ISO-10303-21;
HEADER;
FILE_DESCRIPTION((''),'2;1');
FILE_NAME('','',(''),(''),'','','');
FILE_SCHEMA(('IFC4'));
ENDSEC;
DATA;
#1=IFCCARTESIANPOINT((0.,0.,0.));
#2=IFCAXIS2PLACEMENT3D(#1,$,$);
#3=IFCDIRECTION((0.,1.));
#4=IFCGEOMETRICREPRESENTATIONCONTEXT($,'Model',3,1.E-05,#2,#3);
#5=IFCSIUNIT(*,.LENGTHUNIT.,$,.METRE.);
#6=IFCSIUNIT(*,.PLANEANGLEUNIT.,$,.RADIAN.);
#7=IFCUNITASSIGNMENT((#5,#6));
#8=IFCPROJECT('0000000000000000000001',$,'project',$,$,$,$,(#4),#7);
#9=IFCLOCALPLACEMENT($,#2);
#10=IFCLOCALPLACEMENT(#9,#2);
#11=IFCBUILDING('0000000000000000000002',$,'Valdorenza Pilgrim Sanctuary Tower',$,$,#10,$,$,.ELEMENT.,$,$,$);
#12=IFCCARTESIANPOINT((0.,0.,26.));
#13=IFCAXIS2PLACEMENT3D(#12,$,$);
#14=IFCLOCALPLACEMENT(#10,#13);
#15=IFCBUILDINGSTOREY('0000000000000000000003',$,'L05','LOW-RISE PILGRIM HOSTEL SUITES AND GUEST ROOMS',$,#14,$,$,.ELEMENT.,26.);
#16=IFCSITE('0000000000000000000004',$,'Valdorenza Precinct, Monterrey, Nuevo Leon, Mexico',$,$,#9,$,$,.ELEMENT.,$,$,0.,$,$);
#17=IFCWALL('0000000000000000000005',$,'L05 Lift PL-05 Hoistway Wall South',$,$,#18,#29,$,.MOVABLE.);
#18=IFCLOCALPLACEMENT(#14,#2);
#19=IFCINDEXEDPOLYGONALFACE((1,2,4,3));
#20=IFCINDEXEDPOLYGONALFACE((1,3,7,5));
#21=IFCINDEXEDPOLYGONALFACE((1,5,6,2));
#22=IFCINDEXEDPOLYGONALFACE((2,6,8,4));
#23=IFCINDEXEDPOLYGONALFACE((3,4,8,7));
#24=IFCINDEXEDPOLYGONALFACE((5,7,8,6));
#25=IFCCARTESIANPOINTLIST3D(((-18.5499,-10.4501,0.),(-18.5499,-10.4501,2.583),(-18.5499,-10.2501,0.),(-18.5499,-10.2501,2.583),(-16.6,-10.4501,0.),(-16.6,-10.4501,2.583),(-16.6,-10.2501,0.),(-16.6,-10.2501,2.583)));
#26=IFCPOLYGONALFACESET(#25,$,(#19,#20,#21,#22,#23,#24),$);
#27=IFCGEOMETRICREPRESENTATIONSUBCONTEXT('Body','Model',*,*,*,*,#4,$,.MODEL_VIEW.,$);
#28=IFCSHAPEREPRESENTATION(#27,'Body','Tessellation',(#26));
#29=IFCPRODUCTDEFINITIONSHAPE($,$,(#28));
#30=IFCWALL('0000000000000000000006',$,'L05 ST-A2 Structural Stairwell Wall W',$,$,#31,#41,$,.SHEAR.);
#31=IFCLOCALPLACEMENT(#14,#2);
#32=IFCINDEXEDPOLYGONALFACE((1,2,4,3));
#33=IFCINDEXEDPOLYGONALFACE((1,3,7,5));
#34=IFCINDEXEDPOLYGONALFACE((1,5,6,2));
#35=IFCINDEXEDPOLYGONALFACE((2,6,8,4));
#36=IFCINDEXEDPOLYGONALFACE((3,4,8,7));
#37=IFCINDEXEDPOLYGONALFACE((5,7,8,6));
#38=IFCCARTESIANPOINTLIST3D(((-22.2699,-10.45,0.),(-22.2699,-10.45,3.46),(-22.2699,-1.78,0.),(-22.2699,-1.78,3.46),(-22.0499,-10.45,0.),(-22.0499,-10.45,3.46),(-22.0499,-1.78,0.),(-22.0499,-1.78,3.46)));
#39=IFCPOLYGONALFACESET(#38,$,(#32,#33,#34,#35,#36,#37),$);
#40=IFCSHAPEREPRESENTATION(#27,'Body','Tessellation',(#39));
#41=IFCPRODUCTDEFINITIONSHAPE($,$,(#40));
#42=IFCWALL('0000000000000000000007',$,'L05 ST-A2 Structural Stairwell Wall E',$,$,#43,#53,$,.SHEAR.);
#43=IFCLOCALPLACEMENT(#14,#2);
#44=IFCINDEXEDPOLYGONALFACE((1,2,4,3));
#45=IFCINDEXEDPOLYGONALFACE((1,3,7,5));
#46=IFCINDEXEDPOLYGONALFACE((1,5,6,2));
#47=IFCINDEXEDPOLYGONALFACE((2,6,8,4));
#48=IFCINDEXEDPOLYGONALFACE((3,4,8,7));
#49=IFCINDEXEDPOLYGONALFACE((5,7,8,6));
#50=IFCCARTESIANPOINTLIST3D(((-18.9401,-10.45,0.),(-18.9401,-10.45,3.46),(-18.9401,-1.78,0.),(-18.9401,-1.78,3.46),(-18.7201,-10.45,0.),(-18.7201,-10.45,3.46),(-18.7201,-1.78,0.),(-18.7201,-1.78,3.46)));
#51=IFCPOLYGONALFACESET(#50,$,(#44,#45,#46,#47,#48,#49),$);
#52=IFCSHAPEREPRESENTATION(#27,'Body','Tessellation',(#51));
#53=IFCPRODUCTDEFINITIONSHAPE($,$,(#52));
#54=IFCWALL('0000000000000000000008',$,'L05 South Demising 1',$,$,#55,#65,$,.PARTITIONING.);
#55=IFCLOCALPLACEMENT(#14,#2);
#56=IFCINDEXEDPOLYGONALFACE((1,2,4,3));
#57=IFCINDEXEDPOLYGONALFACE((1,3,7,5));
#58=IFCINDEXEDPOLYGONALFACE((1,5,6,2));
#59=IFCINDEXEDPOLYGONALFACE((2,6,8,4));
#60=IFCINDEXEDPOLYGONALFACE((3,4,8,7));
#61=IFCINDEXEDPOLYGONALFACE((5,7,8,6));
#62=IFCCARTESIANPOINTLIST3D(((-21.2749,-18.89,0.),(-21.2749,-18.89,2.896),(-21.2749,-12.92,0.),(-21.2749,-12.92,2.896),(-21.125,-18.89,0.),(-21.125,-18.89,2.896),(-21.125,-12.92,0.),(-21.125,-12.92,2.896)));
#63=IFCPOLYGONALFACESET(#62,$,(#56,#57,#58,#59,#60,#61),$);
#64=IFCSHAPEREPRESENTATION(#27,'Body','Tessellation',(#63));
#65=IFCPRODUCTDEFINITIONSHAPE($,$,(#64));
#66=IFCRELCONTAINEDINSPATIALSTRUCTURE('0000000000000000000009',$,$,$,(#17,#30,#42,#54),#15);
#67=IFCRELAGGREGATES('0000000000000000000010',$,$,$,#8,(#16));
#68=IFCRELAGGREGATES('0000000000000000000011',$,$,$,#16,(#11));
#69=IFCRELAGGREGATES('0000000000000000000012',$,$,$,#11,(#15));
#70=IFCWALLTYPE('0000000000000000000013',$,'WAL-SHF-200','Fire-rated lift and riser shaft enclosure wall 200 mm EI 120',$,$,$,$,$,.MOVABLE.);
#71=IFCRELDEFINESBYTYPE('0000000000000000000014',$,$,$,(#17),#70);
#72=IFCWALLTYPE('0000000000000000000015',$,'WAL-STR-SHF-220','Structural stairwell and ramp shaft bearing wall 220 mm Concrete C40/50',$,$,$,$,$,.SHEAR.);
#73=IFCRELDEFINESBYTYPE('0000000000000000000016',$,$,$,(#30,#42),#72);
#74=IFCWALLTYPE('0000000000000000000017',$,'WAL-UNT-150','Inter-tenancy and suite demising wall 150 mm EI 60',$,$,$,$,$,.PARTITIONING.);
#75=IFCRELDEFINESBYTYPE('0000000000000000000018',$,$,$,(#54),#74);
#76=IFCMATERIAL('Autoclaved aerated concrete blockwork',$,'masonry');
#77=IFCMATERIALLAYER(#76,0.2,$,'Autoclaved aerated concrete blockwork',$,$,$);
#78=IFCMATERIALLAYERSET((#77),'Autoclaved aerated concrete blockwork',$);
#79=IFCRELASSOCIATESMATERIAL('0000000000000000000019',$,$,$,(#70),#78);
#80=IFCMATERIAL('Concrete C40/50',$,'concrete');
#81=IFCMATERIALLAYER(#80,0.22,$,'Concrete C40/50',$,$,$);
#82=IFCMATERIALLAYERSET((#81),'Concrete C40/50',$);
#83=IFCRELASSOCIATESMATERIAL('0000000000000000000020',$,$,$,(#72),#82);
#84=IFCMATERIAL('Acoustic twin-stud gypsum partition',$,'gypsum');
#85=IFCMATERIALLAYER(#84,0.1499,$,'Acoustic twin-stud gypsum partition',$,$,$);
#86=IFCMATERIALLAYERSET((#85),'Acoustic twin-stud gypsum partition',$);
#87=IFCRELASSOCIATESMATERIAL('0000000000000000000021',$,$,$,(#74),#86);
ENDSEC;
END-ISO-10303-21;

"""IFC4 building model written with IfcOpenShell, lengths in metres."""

from ifc_helpers import new_model, si_unit, direction, frame, frame_2d, origin, place, context, subcontext, project, spatial, rectangle, extrude, material, layer, layer_set, type_object, element, save


model = new_model("IFC4")

# Units and contexts
model_context = context("Model", 3, precision=1e-05, world=origin(), true_north=direction((0.0, 1.0)))
body_context = subcontext(model_context, "Body", "Model", "MODEL_VIEW")
ifc_project = project(units=[si_unit("LENGTHUNIT", "METRE"), si_unit("PLANEANGLEUNIT", "RADIAN")], contexts=[model_context])

# Site, building, storey
site_placement = place(None, origin())
site = spatial("IfcSite", under=ifc_project, at=site_placement, Name="Valdorenza Precinct, Monterrey, Nuevo Leon, Mexico", CompositionType="ELEMENT", RefElevation=0.0)
building_placement = place(site_placement, origin())
building = spatial("IfcBuilding", under=site, at=building_placement, Name="Valdorenza Pilgrim Sanctuary Tower", CompositionType="ELEMENT")
storey_placement = place(building_placement, frame((0.0, 0.0, 26.0)))
storey = spatial("IfcBuildingStorey", under=building, at=storey_placement, Name="L05", Description="LOW-RISE PILGRIM HOSTEL SUITES AND GUEST ROOMS", CompositionType="ELEMENT", Elevation=26.0)

# Walls
ifc_material_1 = material(Name="Autoclaved aerated concrete blockwork", Category="masonry")
ifc_layer_1 = layer(ifc_material_1, 0.2, Name="Autoclaved aerated concrete blockwork")
ifc_layer_set_1 = layer_set([ifc_layer_1], Name="Autoclaved aerated concrete blockwork")
wall_type_1 = type_object("IfcWallType", Name="WAL-SHF-200", Description="Fire-rated lift and riser shaft enclosure wall 200 mm EI 120", PredefinedType="MOVABLE", material=ifc_layer_set_1)
wall_1_placement = place(storey_placement, frame((-18.55, -10.3501, 0.0), z_axis=(0.0, 0.0, 1.0), x_axis=(1.0, 0.0, 0.0)))
element("IfcWall", 1, at=wall_1_placement, inside=storey, type_object=wall_type_1, Name="L05 Lift PL-05 Hoistway Wall South", PredefinedType="MOVABLE", context=body_context, shape_type="SweptSolid", body=[
    extrude(rectangle(XDim=1.95, YDim=0.2, at=frame_2d((0.9751, 0.0))), origin(), (0.0, 0.0, 1.0), 2.583),
])
ifc_material_2 = material(Name="Concrete C40/50", Category="concrete")
ifc_layer_2 = layer(ifc_material_2, 0.22, Name="Concrete C40/50")
ifc_layer_set_2 = layer_set([ifc_layer_2], Name="Concrete C40/50")
wall_type_2 = type_object("IfcWallType", Name="WAL-STR-SHF-220", Description="Structural stairwell and ramp shaft bearing wall 220 mm Concrete C40/50", PredefinedType="SHEAR", material=ifc_layer_set_2)
for number, where, z_axis, x_axis, name in (
    (2, (-22.1599, -10.45, 0.0), (0.0, 0.0, 1.0), (0.0, 1.0, 0.0), "L05 ST-A2 Structural Stairwell Wall W"),
    (3, (-18.8301, -10.45, 0.0), (0.0, 0.0, 1.0), (0.0, 1.0, 0.0), "L05 ST-A2 Structural Stairwell Wall E"),
):
    element("IfcWall", number, at=place(storey_placement, frame(where, z_axis=z_axis, x_axis=x_axis)), inside=storey, type_object=wall_type_2, Name=name, PredefinedType="SHEAR", context=body_context, shape_type="SweptSolid", body=[
        extrude(rectangle(XDim=8.6699, YDim=0.22, at=frame_2d((4.335, 0.0))), origin(), (0.0, 0.0, 1.0), 3.46),
    ])
ifc_material_3 = material(Name="Acoustic twin-stud gypsum partition", Category="gypsum")
ifc_layer_3 = layer(ifc_material_3, 0.1499, Name="Acoustic twin-stud gypsum partition")
ifc_layer_set_3 = layer_set([ifc_layer_3], Name="Acoustic twin-stud gypsum partition")
wall_type_3 = type_object("IfcWallType", Name="WAL-UNT-150", Description="Inter-tenancy and suite demising wall 150 mm EI 60", PredefinedType="PARTITIONING", material=ifc_layer_set_3)
wall_2_placement = place(storey_placement, frame((-21.2, -18.8899, 0.0), z_axis=(0.0, 0.0, 1.0), x_axis=(0.0, 1.0, 0.0)))
element("IfcWall", 4, at=wall_2_placement, inside=storey, type_object=wall_type_3, Name="L05 South Demising 1", PredefinedType="PARTITIONING", context=body_context, shape_type="SweptSolid", body=[
    extrude(rectangle(XDim=5.97, YDim=0.1499, at=frame_2d((2.9849, 0.0))), origin(), (0.0, 0.0, 1.0), 2.896),
])

save(model, "model.ifc")
